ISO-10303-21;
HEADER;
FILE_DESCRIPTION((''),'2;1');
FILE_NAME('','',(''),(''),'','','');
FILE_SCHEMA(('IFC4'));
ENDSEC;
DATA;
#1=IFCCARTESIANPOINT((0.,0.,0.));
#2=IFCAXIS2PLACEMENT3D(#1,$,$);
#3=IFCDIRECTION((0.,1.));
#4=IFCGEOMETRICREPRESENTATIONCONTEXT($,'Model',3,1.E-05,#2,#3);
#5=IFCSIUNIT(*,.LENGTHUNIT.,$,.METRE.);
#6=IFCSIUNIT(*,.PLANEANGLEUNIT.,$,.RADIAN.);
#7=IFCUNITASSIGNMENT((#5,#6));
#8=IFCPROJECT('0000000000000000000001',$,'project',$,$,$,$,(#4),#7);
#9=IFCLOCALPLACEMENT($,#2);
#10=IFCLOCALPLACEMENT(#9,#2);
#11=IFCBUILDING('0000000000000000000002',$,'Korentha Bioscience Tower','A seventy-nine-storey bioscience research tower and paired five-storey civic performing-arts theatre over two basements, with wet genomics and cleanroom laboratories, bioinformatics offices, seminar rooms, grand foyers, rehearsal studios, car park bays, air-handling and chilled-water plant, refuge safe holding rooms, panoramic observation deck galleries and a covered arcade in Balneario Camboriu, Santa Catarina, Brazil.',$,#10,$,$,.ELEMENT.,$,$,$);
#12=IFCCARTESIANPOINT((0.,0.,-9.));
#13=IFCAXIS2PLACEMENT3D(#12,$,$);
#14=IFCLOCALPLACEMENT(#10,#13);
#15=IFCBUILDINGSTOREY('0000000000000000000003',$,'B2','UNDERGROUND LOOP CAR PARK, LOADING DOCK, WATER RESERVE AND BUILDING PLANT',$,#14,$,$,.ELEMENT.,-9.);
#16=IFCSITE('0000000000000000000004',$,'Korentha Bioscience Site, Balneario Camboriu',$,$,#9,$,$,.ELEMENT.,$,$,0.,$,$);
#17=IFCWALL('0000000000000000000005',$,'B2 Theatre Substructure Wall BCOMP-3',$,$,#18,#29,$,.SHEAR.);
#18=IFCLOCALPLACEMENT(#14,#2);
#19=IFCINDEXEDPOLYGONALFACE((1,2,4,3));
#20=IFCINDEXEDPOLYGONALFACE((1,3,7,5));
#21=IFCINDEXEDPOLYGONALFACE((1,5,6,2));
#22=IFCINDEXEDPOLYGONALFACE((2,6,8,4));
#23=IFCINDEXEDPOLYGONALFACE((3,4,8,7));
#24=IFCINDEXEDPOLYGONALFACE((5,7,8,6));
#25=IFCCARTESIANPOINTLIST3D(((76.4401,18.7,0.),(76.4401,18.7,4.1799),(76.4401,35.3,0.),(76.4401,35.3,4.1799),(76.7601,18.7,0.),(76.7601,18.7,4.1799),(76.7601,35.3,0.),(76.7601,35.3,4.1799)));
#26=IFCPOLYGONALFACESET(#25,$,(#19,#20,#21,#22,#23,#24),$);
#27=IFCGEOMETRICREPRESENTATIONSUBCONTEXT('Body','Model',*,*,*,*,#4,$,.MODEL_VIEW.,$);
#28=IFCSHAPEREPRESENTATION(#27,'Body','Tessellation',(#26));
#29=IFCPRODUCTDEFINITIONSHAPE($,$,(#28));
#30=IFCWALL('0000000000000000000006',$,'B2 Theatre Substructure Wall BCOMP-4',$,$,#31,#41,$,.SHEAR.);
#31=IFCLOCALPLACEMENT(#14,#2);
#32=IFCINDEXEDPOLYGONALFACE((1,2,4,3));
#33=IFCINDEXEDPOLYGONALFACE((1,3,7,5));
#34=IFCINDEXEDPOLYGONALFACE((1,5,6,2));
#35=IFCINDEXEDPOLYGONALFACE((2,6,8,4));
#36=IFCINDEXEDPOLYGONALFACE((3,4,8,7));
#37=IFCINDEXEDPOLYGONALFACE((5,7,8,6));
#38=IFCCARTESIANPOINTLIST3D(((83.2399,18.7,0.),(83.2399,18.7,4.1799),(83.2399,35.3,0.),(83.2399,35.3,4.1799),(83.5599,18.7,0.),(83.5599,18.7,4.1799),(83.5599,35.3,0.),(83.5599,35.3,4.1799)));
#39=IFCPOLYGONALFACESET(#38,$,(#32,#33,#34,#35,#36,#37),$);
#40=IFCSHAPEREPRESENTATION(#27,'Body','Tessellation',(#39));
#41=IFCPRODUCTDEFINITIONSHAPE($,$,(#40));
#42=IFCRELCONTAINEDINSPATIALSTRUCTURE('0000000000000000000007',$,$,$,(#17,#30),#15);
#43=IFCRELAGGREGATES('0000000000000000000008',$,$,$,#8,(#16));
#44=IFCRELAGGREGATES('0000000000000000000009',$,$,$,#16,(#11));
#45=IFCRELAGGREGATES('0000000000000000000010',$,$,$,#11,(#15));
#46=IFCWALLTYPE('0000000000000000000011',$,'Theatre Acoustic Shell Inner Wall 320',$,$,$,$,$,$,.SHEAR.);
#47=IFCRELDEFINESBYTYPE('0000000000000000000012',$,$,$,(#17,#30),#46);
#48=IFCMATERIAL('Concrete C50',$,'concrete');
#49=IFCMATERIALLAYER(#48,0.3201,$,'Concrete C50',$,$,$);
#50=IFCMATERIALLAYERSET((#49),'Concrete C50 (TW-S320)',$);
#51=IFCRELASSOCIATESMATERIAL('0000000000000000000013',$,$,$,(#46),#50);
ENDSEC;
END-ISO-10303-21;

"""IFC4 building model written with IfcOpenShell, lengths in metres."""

from ifc_helpers import new_model, si_unit, direction, frame, frame_2d, origin, place, context, subcontext, project, spatial, rectangle, extrude, material, layer, layer_set, type_object, element, save


model = new_model("IFC4")

# Units and contexts
model_context = context("Model", 3, precision=1e-05, world=origin(), true_north=direction((0.0, 1.0)))
body_context = subcontext(model_context, "Body", "Model", "MODEL_VIEW")
ifc_project = project(units=[si_unit("LENGTHUNIT", "METRE"), si_unit("PLANEANGLEUNIT", "RADIAN")], contexts=[model_context])

# Site, building, storey
site_placement = place(None, origin())
site = spatial("IfcSite", under=ifc_project, at=site_placement, Name="Korentha Bioscience Site, Balneario Camboriu", CompositionType="ELEMENT", RefElevation=0.0)
building_placement = place(site_placement, origin())
building = spatial("IfcBuilding", under=site, at=building_placement, Name="Korentha Bioscience Tower", Description="A seventy-nine-storey bioscience research tower and paired five-storey civic performing-arts theatre over two basements, with wet genomics and cleanroom laboratories, bioinformatics offices, seminar rooms, grand foyers, rehearsal studios, car park bays, air-handling and chilled-water plant, refuge safe holding rooms, panoramic observation deck galleries and a covered arcade in Balneario Camboriu, Santa Catarina, Brazil.", CompositionType="ELEMENT")
storey_placement = place(building_placement, frame((0.0, 0.0, -9.0)))
storey = spatial("IfcBuildingStorey", under=building, at=storey_placement, Name="B2", Description="UNDERGROUND LOOP CAR PARK, LOADING DOCK, WATER RESERVE AND BUILDING PLANT", CompositionType="ELEMENT", Elevation=-9.0)

# Shared definitions
ifc_material_1 = material(Name="Concrete C50", Category="concrete")

# Walls
ifc_layer_1 = layer(ifc_material_1, 0.3201, Name="Concrete C50")
ifc_layer_set_1 = layer_set([ifc_layer_1], Name="Concrete C50 (TW-S320)")
wall_type_1 = type_object("IfcWallType", Name="Theatre Acoustic Shell Inner Wall 320", PredefinedType="SHEAR", material=ifc_layer_set_1)
for number, where, z_axis, x_axis, name in (
    (1, (76.6001, 18.7, 0.0), (0.0, 0.0, 1.0), (0.0, 1.0, 0.0), "B2 Theatre Substructure Wall BCOMP-3"),
    (2, (83.3999, 18.7, 0.0), (0.0, 0.0, 1.0), (0.0, 1.0, 0.0), "B2 Theatre Substructure Wall BCOMP-4"),
):
    element("IfcWall", number, at=place(storey_placement, frame(where, z_axis=z_axis, x_axis=x_axis)), inside=storey, type_object=wall_type_1, Name=name, PredefinedType="SHEAR", context=body_context, shape_type="SweptSolid", body=[
        extrude(rectangle(XDim=16.6001, YDim=0.3201, at=frame_2d((8.3, 0.0))), origin(), (0.0, 0.0, 1.0), 4.1799),
    ])

save(model, "model.ifc")
